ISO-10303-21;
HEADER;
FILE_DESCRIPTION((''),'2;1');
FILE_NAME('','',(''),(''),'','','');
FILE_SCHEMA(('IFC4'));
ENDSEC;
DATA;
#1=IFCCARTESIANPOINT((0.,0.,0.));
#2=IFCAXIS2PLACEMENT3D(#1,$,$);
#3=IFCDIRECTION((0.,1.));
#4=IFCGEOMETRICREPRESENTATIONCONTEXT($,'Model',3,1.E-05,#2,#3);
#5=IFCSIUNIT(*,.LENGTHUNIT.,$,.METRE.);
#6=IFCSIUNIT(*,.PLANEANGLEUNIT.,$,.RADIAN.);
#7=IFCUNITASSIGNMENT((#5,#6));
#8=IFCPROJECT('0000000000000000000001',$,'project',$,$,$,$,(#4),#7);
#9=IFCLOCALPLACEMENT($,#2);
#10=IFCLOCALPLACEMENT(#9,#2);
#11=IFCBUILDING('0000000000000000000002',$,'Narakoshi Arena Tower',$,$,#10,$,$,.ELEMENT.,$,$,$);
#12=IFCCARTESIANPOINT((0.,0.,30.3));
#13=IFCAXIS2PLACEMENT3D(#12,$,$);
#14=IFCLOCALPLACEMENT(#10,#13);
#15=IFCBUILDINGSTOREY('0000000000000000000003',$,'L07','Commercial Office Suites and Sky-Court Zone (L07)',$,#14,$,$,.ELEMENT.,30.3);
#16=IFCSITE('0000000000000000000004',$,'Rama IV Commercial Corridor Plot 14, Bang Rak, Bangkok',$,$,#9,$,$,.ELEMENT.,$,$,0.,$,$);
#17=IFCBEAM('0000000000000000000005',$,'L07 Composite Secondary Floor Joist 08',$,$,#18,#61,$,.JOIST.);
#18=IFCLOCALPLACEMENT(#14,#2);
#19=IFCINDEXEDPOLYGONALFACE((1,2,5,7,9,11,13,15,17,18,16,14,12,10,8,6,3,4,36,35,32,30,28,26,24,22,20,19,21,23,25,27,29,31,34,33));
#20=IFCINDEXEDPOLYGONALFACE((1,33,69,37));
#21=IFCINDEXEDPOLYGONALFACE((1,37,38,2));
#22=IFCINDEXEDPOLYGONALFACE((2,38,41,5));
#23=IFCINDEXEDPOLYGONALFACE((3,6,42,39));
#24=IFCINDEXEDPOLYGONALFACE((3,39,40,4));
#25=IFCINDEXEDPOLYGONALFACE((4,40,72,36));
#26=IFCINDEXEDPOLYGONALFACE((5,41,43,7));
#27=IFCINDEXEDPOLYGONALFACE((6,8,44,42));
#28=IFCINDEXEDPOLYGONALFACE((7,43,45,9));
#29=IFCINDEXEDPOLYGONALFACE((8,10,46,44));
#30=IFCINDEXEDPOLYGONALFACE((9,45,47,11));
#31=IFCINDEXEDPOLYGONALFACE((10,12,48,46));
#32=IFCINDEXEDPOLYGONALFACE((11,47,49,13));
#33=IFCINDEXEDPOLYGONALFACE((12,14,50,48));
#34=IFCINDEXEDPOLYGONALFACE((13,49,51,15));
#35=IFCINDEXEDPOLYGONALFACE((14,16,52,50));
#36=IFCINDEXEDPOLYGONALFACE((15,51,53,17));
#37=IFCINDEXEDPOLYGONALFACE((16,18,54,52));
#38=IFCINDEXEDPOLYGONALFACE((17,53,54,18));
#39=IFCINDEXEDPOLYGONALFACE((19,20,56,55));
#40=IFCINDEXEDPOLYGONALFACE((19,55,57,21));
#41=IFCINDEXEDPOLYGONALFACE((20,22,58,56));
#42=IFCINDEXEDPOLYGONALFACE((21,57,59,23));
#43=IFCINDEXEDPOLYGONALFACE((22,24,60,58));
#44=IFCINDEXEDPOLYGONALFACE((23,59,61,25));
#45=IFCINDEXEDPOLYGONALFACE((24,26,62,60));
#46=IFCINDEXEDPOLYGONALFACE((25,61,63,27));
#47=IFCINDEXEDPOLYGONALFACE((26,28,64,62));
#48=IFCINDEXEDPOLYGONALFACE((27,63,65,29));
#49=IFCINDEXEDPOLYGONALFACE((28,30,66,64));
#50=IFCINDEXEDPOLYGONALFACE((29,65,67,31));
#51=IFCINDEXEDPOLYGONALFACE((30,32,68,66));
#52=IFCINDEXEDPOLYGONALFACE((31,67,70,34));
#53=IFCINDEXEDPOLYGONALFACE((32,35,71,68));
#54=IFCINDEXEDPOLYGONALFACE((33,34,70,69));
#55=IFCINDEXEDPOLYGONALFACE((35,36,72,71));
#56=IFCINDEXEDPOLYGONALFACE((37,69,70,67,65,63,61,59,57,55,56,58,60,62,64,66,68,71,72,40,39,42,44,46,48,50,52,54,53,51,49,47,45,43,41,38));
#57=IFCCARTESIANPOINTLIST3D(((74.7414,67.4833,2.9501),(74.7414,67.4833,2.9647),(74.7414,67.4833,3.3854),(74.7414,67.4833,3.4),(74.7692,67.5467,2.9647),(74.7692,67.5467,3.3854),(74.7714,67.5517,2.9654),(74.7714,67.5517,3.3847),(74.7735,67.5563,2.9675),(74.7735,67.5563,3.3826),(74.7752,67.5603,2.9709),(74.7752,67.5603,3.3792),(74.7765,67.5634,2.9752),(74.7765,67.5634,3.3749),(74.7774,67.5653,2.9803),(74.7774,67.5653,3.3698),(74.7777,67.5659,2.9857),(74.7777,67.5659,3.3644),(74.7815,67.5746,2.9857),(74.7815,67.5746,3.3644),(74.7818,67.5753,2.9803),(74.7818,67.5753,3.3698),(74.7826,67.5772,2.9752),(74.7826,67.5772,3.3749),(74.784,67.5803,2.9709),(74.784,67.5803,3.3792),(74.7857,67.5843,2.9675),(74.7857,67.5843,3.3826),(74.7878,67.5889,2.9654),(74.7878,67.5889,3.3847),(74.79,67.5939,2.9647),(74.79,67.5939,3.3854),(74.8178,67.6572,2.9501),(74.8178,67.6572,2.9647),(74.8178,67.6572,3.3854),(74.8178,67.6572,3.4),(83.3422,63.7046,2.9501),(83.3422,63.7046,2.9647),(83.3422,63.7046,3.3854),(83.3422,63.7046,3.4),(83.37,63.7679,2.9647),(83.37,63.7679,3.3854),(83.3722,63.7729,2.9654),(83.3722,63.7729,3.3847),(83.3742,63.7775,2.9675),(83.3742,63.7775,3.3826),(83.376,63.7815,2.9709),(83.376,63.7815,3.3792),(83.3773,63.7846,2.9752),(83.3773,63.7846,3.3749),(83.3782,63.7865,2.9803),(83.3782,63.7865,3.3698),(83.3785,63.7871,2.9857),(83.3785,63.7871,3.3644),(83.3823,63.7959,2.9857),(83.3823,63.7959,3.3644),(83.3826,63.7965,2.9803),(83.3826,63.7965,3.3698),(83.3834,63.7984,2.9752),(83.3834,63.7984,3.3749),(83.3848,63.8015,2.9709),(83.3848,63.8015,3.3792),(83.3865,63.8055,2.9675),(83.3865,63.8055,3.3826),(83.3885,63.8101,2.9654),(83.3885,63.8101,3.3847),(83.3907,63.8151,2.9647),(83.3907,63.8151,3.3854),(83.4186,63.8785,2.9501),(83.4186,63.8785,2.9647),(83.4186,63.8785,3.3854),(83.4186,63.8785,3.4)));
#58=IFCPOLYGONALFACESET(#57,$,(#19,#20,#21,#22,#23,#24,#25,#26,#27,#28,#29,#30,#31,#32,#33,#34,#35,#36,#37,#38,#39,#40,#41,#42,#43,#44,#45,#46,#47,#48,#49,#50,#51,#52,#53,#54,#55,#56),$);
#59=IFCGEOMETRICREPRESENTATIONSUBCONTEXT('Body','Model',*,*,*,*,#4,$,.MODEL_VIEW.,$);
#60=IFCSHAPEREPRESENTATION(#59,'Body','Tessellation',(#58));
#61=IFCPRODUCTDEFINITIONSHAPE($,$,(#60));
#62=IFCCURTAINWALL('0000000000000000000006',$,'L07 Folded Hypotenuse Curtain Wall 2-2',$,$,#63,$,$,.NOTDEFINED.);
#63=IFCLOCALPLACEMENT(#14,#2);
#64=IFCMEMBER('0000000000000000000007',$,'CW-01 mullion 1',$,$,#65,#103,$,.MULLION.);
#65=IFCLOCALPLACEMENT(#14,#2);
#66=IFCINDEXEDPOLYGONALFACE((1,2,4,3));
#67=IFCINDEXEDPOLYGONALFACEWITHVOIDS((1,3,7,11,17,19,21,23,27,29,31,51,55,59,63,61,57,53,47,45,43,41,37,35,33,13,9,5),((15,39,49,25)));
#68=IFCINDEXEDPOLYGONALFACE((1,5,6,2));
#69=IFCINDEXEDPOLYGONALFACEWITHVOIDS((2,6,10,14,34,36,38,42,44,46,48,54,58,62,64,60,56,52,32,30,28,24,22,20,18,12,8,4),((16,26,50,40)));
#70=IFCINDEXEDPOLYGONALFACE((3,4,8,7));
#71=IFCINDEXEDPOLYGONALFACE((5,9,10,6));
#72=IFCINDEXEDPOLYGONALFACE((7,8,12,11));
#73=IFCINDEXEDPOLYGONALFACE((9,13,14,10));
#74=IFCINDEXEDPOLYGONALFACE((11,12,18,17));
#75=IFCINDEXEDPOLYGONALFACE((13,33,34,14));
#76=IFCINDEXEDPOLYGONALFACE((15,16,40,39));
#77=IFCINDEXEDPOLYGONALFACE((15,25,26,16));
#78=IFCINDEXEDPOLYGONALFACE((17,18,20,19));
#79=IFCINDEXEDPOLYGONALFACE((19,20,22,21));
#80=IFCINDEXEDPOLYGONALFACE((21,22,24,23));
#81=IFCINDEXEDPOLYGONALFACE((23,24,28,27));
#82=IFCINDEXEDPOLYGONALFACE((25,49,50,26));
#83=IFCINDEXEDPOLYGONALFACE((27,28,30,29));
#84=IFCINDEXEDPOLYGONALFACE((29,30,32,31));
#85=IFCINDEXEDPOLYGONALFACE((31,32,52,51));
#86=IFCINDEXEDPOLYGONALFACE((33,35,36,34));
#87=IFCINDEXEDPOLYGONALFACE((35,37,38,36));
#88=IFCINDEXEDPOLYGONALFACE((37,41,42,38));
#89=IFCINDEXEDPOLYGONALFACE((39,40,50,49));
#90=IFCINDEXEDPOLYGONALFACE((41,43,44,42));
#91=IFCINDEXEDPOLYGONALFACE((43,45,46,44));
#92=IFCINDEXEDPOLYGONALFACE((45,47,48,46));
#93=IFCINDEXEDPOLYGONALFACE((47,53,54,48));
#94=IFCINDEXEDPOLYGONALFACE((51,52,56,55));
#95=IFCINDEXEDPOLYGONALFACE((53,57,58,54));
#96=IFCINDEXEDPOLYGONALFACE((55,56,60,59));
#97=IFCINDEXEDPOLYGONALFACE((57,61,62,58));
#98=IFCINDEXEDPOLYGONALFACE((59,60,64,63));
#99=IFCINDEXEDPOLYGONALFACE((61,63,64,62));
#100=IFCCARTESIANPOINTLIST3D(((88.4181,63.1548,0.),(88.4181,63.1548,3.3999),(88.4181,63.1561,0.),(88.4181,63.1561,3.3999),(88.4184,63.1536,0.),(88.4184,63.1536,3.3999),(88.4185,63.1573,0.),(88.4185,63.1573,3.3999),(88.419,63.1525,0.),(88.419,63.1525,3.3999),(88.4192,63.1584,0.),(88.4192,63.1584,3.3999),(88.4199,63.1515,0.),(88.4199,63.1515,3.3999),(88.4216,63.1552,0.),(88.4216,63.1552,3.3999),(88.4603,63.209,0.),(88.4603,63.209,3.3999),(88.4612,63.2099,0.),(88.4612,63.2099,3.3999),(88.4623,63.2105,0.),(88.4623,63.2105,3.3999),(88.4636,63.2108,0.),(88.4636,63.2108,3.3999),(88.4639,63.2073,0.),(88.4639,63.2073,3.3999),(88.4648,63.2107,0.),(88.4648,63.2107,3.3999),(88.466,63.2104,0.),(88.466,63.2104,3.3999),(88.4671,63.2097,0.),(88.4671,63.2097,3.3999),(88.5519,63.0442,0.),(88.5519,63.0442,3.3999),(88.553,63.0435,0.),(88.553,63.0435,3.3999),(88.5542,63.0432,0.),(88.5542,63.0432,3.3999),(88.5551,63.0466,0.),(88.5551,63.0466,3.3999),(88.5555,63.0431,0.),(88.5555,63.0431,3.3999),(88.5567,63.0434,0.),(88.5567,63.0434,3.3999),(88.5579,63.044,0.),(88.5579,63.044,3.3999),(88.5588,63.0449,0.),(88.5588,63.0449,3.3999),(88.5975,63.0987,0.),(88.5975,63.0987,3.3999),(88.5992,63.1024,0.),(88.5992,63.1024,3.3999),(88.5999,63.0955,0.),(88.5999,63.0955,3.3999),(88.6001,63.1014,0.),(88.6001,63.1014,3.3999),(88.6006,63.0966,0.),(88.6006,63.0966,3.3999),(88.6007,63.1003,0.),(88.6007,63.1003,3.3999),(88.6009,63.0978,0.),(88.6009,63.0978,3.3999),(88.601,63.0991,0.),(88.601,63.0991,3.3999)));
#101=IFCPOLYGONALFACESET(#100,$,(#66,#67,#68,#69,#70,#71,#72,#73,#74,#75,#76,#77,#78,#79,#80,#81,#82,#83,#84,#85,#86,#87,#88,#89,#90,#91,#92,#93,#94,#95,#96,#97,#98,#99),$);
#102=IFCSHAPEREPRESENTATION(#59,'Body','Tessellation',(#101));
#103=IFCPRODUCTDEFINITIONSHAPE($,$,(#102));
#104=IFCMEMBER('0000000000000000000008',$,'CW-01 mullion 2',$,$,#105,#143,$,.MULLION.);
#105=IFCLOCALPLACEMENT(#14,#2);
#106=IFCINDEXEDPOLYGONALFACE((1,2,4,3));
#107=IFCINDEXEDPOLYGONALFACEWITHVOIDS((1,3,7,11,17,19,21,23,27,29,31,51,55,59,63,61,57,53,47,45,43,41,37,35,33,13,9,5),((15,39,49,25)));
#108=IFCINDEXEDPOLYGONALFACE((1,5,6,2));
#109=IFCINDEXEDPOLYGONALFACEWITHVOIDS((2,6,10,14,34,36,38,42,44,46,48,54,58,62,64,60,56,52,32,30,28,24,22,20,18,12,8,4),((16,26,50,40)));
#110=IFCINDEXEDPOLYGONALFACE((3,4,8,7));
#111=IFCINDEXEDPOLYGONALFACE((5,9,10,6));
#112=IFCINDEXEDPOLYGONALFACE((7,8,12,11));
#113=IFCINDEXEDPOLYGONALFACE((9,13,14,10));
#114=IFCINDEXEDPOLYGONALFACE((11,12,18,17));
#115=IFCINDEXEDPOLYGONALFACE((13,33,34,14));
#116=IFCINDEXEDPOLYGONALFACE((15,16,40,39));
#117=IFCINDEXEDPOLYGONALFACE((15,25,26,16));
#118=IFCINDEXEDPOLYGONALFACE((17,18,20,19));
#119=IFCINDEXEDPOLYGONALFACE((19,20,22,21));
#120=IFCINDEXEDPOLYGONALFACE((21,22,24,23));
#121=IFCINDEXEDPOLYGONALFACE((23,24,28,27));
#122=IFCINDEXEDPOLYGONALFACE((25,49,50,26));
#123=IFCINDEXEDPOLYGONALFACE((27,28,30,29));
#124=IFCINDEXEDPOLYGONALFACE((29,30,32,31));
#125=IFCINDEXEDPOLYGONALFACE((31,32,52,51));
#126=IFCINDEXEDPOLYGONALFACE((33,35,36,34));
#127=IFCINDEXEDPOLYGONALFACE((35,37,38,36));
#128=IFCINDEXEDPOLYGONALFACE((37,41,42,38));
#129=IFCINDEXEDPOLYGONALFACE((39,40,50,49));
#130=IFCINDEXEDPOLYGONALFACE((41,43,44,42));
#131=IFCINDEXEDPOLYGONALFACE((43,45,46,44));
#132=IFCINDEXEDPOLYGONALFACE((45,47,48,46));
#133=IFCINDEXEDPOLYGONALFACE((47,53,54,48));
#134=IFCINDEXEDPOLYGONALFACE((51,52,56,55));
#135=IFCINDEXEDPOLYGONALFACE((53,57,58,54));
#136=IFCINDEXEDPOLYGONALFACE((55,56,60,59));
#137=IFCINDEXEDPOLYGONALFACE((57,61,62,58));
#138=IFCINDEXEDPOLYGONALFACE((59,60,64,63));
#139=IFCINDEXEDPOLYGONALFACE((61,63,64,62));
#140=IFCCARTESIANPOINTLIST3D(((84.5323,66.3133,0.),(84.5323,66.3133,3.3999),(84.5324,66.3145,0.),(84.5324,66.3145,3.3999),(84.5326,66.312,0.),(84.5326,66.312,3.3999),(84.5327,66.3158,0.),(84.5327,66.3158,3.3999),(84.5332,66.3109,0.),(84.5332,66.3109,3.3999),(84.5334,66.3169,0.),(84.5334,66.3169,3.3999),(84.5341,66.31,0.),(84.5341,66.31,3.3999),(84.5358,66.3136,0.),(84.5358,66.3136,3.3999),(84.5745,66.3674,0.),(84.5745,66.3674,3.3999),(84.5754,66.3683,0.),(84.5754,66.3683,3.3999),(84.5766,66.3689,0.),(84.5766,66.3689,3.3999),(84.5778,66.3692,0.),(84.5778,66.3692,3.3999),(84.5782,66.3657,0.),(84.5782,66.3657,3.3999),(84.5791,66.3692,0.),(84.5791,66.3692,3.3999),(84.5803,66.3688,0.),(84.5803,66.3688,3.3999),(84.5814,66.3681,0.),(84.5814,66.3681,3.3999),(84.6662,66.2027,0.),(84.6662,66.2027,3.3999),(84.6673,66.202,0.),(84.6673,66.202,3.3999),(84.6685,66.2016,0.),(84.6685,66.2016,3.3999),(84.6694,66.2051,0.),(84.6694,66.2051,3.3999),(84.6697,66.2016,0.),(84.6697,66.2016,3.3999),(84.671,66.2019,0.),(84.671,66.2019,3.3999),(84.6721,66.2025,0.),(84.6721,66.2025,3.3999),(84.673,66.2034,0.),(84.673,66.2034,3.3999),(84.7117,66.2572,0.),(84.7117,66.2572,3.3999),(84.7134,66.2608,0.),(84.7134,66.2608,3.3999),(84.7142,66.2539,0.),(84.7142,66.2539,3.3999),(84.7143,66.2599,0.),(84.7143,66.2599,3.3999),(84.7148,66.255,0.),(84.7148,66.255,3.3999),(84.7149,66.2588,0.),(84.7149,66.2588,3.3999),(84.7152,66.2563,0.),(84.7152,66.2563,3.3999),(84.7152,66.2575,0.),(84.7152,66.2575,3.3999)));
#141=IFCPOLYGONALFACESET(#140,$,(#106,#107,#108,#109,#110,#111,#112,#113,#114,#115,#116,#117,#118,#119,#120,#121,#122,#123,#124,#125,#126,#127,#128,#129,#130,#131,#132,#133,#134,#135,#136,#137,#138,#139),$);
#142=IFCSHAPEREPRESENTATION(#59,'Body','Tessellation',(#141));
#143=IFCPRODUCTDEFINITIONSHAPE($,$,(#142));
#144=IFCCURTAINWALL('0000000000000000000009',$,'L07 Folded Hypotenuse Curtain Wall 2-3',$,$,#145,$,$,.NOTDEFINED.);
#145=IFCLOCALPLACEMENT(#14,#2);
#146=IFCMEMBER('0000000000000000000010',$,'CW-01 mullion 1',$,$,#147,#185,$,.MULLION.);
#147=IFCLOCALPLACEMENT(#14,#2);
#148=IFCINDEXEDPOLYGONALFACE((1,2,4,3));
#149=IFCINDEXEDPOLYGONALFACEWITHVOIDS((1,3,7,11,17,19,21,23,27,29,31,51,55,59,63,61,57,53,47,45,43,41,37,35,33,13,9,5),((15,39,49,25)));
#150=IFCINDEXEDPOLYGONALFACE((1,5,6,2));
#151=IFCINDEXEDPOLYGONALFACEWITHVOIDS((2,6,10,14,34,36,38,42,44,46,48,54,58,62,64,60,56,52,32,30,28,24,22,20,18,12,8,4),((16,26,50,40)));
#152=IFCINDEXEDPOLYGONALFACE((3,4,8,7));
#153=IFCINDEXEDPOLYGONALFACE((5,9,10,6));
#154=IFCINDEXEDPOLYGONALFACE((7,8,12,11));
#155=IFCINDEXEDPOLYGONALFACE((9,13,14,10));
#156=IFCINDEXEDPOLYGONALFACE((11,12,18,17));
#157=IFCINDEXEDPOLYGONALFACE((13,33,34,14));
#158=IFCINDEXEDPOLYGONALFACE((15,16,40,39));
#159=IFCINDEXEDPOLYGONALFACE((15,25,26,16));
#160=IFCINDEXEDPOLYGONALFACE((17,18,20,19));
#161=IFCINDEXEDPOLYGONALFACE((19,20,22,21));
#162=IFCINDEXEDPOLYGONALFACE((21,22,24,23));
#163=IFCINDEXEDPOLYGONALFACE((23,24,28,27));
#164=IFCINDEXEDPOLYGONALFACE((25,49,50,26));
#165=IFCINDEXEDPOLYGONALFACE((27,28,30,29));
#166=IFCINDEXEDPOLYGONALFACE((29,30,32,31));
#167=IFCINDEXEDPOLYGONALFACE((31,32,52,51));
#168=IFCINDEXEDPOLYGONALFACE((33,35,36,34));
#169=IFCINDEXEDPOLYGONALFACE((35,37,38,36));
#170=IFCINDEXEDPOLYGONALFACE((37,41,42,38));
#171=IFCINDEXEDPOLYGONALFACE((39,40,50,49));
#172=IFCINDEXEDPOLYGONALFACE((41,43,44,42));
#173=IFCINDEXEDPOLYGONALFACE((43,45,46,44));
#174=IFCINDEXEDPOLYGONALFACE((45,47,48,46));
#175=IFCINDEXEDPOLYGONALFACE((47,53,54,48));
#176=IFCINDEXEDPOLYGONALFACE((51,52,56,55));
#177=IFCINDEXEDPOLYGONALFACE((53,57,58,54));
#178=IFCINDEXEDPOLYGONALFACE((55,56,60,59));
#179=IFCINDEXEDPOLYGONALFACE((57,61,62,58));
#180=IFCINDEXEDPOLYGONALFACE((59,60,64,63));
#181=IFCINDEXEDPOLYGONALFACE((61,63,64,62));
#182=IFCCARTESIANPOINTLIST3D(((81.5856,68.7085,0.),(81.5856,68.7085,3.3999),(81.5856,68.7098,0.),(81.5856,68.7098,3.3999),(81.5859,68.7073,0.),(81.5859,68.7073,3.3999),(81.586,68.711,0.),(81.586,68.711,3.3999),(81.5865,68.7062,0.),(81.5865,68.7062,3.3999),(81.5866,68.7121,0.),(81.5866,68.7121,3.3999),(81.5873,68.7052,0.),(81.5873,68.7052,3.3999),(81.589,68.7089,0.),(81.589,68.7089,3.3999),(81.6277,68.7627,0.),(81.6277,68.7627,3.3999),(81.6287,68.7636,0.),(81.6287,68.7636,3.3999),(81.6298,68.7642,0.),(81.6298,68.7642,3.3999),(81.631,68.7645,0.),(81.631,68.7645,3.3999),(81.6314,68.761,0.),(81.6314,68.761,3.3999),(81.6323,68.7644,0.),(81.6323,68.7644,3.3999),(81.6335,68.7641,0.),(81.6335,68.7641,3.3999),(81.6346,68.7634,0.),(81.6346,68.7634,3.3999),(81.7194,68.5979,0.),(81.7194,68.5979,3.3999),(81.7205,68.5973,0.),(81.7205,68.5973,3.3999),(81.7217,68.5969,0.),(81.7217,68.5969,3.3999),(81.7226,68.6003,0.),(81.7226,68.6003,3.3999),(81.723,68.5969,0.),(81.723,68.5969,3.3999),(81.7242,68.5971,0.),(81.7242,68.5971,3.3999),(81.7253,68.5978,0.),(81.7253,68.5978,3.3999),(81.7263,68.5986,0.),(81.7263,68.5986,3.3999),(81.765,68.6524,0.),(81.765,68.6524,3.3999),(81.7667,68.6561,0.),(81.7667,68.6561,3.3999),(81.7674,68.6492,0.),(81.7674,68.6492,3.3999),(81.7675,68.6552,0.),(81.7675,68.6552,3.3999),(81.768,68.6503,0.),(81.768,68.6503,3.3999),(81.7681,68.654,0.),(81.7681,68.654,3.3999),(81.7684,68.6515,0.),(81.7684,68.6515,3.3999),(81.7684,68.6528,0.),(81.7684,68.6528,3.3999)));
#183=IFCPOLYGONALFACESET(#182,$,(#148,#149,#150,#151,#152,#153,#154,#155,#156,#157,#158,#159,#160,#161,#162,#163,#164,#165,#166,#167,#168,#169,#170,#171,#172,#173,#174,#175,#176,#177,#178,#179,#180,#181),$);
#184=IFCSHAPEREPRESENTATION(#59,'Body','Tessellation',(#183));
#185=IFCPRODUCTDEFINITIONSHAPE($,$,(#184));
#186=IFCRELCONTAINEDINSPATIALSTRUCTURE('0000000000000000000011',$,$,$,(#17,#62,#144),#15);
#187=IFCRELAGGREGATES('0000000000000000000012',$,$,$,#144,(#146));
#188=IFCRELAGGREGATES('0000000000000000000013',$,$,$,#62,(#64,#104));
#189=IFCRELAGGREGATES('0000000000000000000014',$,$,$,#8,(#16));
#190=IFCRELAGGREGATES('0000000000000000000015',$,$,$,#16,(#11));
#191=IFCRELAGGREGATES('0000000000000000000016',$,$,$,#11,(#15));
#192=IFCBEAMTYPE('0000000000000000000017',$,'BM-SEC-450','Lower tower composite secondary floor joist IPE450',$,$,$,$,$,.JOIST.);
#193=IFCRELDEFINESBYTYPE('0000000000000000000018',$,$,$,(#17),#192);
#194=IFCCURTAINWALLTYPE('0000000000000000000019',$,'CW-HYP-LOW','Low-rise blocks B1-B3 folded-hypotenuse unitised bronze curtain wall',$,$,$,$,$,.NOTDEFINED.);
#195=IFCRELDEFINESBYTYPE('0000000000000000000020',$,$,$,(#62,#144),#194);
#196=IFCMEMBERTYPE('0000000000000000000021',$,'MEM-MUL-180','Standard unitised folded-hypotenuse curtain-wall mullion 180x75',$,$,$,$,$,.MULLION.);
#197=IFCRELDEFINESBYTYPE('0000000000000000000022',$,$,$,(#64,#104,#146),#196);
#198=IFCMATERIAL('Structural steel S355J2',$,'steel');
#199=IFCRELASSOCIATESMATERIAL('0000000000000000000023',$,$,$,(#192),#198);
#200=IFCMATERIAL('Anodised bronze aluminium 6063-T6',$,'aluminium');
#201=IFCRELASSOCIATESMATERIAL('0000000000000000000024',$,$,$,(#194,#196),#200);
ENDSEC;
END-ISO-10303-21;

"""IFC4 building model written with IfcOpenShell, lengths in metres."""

from ifc_helpers import new_model, si_unit, direction, frame, origin, origin_2d, place, context, subcontext, project, spatial, hollow_rectangle, i_section, extrude, material, material_profile, profile_set, type_object, element, aggregate, save


model = new_model("IFC4")

# Units and contexts
model_context = context("Model", 3, precision=1e-05, world=origin(), true_north=direction((0.0, 1.0)))
body_context = subcontext(model_context, "Body", "Model", "MODEL_VIEW")
ifc_project = project(units=[si_unit("LENGTHUNIT", "METRE"), si_unit("PLANEANGLEUNIT", "RADIAN")], contexts=[model_context])

# Site, building, storey
site_placement = place(None, origin())
site = spatial("IfcSite", under=ifc_project, at=site_placement, Name="Rama IV Commercial Corridor Plot 14, Bang Rak, Bangkok", CompositionType="ELEMENT", RefElevation=0.0)
building_placement = place(site_placement, origin())
building = spatial("IfcBuilding", under=site, at=building_placement, Name="Narakoshi Arena Tower", CompositionType="ELEMENT")
storey_placement = place(building_placement, frame((0.0, 0.0, 30.3)))
storey = spatial("IfcBuildingStorey", under=building, at=storey_placement, Name="L07", Description="Commercial Office Suites and Sky-Court Zone (L07)", CompositionType="ELEMENT", Elevation=30.3)

# Beam
ifc_material_1 = material(Name="Structural steel S355J2", Category="steel")
ifc_material_profile_1 = material_profile(ifc_material_1, i_section(OverallWidth=0.1899, OverallDepth=0.45, WebThickness=0.0095, FlangeThickness=0.0146, FilletRadius=0.021, at=origin_2d()), Name="IPE450")
ifc_profile_set_1 = profile_set([ifc_material_profile_1], Name="Structural steel S355J2")
beam_type_1 = type_object("IfcBeamType", Name="BM-SEC-450", Description="Lower tower composite secondary floor joist IPE450", PredefinedType="JOIST", material=ifc_profile_set_1)
beam_1_placement = place(storey_placement, frame((83.3804, 63.7915, 3.175), z_axis=(-0.915533, 0.402243, 0.0), x_axis=(-0.402243, -0.915533, 0.0)))
element("IfcBeam", 1, at=beam_1_placement, inside=storey, type_object=beam_type_1, Name="L07 Composite Secondary Floor Joist 08", PredefinedType="JOIST", context=body_context, shape_type="SweptSolid", body=[
    extrude(i_section(OverallWidth=0.1899, OverallDepth=0.45, WebThickness=0.0095, FlangeThickness=0.0146, FilletRadius=0.021, at=origin_2d()), origin(), (0.0, 0.0, 1.0), 9.3943),
])

# Curtain wall, members
ifc_material_2 = material(Name="Anodised bronze aluminium 6063-T6", Category="aluminium")
curtain_wall_type = type_object("IfcCurtainWallType", Name="CW-HYP-LOW", Description="Low-rise blocks B1-B3 folded-hypotenuse unitised bronze curtain wall", PredefinedType="NOTDEFINED", material=ifc_material_2)
curtain_wall_1_placement = place(storey_placement, origin())
curtain_wall_1 = element("IfcCurtainWall", 2, at=curtain_wall_1_placement, inside=storey, type_object=curtain_wall_type, Name="L07 Folded Hypotenuse Curtain Wall 2-2", PredefinedType="NOTDEFINED")
ifc_material_profile_2 = material_profile(ifc_material_2, hollow_rectangle(XDim=0.075, YDim=0.1799, WallThickness=0.0039, OuterFilletRadius=0.0049, at=origin_2d()), Name="MUL180x75x4")
ifc_profile_set_2 = profile_set([ifc_material_profile_2], Name="Anodised bronze aluminium 6063-T6")
member_type_1 = type_object("IfcMemberType", Name="MEM-MUL-180", Description="Standard unitised folded-hypotenuse curtain-wall mullion 180x75", PredefinedType="MULLION", material=ifc_profile_set_2)
member_1_placement = place(storey_placement, frame((88.5095, 63.127, 0.0), z_axis=(0.0, 0.0, 1.0), x_axis=(-0.630735, -0.775998, 0.0)))
member_1 = element("IfcMember", 3, at=member_1_placement, type_object=member_type_1, Name="CW-01 mullion 1", PredefinedType="MULLION", context=body_context, shape_type="SweptSolid", body=[
    extrude(hollow_rectangle(XDim=0.075, YDim=0.1799, WallThickness=0.0039, OuterFilletRadius=0.0049, at=origin_2d()), origin(), (0.0, 0.0, 1.0), 3.3999),
])
member_2_placement = place(storey_placement, frame((84.6238, 66.2854, 0.0), z_axis=(0.0, 0.0, 1.0), x_axis=(-0.630735, -0.775998, 0.0)))
member_2 = element("IfcMember", 4, at=member_2_placement, type_object=member_type_1, Name="CW-01 mullion 2", PredefinedType="MULLION", context=body_context, shape_type="SweptSolid", body=[
    extrude(hollow_rectangle(XDim=0.075, YDim=0.1799, WallThickness=0.0039, OuterFilletRadius=0.0049, at=origin_2d()), origin(), (0.0, 0.0, 1.0), 3.3999),
])

# Curtain wall, member
curtain_wall_2_placement = place(storey_placement, origin())
curtain_wall_2 = element("IfcCurtainWall", 5, at=curtain_wall_2_placement, inside=storey, type_object=curtain_wall_type, Name="L07 Folded Hypotenuse Curtain Wall 2-3", PredefinedType="NOTDEFINED")
member_3_placement = place(storey_placement, frame((81.677, 68.6807, 0.0), z_axis=(0.0, 0.0, 1.0), x_axis=(-0.630723, -0.776008, 0.0)))
member_3 = element("IfcMember", 6, at=member_3_placement, type_object=member_type_1, Name="CW-01 mullion 1", PredefinedType="MULLION", context=body_context, shape_type="SweptSolid", body=[
    extrude(hollow_rectangle(XDim=0.075, YDim=0.1799, WallThickness=0.0039, OuterFilletRadius=0.0049, at=origin_2d()), origin(), (0.0, 0.0, 1.0), 3.3999),
])

aggregate(curtain_wall_2, [member_3])

aggregate(curtain_wall_1, [member_1, member_2])

save(model, "model.ifc")
